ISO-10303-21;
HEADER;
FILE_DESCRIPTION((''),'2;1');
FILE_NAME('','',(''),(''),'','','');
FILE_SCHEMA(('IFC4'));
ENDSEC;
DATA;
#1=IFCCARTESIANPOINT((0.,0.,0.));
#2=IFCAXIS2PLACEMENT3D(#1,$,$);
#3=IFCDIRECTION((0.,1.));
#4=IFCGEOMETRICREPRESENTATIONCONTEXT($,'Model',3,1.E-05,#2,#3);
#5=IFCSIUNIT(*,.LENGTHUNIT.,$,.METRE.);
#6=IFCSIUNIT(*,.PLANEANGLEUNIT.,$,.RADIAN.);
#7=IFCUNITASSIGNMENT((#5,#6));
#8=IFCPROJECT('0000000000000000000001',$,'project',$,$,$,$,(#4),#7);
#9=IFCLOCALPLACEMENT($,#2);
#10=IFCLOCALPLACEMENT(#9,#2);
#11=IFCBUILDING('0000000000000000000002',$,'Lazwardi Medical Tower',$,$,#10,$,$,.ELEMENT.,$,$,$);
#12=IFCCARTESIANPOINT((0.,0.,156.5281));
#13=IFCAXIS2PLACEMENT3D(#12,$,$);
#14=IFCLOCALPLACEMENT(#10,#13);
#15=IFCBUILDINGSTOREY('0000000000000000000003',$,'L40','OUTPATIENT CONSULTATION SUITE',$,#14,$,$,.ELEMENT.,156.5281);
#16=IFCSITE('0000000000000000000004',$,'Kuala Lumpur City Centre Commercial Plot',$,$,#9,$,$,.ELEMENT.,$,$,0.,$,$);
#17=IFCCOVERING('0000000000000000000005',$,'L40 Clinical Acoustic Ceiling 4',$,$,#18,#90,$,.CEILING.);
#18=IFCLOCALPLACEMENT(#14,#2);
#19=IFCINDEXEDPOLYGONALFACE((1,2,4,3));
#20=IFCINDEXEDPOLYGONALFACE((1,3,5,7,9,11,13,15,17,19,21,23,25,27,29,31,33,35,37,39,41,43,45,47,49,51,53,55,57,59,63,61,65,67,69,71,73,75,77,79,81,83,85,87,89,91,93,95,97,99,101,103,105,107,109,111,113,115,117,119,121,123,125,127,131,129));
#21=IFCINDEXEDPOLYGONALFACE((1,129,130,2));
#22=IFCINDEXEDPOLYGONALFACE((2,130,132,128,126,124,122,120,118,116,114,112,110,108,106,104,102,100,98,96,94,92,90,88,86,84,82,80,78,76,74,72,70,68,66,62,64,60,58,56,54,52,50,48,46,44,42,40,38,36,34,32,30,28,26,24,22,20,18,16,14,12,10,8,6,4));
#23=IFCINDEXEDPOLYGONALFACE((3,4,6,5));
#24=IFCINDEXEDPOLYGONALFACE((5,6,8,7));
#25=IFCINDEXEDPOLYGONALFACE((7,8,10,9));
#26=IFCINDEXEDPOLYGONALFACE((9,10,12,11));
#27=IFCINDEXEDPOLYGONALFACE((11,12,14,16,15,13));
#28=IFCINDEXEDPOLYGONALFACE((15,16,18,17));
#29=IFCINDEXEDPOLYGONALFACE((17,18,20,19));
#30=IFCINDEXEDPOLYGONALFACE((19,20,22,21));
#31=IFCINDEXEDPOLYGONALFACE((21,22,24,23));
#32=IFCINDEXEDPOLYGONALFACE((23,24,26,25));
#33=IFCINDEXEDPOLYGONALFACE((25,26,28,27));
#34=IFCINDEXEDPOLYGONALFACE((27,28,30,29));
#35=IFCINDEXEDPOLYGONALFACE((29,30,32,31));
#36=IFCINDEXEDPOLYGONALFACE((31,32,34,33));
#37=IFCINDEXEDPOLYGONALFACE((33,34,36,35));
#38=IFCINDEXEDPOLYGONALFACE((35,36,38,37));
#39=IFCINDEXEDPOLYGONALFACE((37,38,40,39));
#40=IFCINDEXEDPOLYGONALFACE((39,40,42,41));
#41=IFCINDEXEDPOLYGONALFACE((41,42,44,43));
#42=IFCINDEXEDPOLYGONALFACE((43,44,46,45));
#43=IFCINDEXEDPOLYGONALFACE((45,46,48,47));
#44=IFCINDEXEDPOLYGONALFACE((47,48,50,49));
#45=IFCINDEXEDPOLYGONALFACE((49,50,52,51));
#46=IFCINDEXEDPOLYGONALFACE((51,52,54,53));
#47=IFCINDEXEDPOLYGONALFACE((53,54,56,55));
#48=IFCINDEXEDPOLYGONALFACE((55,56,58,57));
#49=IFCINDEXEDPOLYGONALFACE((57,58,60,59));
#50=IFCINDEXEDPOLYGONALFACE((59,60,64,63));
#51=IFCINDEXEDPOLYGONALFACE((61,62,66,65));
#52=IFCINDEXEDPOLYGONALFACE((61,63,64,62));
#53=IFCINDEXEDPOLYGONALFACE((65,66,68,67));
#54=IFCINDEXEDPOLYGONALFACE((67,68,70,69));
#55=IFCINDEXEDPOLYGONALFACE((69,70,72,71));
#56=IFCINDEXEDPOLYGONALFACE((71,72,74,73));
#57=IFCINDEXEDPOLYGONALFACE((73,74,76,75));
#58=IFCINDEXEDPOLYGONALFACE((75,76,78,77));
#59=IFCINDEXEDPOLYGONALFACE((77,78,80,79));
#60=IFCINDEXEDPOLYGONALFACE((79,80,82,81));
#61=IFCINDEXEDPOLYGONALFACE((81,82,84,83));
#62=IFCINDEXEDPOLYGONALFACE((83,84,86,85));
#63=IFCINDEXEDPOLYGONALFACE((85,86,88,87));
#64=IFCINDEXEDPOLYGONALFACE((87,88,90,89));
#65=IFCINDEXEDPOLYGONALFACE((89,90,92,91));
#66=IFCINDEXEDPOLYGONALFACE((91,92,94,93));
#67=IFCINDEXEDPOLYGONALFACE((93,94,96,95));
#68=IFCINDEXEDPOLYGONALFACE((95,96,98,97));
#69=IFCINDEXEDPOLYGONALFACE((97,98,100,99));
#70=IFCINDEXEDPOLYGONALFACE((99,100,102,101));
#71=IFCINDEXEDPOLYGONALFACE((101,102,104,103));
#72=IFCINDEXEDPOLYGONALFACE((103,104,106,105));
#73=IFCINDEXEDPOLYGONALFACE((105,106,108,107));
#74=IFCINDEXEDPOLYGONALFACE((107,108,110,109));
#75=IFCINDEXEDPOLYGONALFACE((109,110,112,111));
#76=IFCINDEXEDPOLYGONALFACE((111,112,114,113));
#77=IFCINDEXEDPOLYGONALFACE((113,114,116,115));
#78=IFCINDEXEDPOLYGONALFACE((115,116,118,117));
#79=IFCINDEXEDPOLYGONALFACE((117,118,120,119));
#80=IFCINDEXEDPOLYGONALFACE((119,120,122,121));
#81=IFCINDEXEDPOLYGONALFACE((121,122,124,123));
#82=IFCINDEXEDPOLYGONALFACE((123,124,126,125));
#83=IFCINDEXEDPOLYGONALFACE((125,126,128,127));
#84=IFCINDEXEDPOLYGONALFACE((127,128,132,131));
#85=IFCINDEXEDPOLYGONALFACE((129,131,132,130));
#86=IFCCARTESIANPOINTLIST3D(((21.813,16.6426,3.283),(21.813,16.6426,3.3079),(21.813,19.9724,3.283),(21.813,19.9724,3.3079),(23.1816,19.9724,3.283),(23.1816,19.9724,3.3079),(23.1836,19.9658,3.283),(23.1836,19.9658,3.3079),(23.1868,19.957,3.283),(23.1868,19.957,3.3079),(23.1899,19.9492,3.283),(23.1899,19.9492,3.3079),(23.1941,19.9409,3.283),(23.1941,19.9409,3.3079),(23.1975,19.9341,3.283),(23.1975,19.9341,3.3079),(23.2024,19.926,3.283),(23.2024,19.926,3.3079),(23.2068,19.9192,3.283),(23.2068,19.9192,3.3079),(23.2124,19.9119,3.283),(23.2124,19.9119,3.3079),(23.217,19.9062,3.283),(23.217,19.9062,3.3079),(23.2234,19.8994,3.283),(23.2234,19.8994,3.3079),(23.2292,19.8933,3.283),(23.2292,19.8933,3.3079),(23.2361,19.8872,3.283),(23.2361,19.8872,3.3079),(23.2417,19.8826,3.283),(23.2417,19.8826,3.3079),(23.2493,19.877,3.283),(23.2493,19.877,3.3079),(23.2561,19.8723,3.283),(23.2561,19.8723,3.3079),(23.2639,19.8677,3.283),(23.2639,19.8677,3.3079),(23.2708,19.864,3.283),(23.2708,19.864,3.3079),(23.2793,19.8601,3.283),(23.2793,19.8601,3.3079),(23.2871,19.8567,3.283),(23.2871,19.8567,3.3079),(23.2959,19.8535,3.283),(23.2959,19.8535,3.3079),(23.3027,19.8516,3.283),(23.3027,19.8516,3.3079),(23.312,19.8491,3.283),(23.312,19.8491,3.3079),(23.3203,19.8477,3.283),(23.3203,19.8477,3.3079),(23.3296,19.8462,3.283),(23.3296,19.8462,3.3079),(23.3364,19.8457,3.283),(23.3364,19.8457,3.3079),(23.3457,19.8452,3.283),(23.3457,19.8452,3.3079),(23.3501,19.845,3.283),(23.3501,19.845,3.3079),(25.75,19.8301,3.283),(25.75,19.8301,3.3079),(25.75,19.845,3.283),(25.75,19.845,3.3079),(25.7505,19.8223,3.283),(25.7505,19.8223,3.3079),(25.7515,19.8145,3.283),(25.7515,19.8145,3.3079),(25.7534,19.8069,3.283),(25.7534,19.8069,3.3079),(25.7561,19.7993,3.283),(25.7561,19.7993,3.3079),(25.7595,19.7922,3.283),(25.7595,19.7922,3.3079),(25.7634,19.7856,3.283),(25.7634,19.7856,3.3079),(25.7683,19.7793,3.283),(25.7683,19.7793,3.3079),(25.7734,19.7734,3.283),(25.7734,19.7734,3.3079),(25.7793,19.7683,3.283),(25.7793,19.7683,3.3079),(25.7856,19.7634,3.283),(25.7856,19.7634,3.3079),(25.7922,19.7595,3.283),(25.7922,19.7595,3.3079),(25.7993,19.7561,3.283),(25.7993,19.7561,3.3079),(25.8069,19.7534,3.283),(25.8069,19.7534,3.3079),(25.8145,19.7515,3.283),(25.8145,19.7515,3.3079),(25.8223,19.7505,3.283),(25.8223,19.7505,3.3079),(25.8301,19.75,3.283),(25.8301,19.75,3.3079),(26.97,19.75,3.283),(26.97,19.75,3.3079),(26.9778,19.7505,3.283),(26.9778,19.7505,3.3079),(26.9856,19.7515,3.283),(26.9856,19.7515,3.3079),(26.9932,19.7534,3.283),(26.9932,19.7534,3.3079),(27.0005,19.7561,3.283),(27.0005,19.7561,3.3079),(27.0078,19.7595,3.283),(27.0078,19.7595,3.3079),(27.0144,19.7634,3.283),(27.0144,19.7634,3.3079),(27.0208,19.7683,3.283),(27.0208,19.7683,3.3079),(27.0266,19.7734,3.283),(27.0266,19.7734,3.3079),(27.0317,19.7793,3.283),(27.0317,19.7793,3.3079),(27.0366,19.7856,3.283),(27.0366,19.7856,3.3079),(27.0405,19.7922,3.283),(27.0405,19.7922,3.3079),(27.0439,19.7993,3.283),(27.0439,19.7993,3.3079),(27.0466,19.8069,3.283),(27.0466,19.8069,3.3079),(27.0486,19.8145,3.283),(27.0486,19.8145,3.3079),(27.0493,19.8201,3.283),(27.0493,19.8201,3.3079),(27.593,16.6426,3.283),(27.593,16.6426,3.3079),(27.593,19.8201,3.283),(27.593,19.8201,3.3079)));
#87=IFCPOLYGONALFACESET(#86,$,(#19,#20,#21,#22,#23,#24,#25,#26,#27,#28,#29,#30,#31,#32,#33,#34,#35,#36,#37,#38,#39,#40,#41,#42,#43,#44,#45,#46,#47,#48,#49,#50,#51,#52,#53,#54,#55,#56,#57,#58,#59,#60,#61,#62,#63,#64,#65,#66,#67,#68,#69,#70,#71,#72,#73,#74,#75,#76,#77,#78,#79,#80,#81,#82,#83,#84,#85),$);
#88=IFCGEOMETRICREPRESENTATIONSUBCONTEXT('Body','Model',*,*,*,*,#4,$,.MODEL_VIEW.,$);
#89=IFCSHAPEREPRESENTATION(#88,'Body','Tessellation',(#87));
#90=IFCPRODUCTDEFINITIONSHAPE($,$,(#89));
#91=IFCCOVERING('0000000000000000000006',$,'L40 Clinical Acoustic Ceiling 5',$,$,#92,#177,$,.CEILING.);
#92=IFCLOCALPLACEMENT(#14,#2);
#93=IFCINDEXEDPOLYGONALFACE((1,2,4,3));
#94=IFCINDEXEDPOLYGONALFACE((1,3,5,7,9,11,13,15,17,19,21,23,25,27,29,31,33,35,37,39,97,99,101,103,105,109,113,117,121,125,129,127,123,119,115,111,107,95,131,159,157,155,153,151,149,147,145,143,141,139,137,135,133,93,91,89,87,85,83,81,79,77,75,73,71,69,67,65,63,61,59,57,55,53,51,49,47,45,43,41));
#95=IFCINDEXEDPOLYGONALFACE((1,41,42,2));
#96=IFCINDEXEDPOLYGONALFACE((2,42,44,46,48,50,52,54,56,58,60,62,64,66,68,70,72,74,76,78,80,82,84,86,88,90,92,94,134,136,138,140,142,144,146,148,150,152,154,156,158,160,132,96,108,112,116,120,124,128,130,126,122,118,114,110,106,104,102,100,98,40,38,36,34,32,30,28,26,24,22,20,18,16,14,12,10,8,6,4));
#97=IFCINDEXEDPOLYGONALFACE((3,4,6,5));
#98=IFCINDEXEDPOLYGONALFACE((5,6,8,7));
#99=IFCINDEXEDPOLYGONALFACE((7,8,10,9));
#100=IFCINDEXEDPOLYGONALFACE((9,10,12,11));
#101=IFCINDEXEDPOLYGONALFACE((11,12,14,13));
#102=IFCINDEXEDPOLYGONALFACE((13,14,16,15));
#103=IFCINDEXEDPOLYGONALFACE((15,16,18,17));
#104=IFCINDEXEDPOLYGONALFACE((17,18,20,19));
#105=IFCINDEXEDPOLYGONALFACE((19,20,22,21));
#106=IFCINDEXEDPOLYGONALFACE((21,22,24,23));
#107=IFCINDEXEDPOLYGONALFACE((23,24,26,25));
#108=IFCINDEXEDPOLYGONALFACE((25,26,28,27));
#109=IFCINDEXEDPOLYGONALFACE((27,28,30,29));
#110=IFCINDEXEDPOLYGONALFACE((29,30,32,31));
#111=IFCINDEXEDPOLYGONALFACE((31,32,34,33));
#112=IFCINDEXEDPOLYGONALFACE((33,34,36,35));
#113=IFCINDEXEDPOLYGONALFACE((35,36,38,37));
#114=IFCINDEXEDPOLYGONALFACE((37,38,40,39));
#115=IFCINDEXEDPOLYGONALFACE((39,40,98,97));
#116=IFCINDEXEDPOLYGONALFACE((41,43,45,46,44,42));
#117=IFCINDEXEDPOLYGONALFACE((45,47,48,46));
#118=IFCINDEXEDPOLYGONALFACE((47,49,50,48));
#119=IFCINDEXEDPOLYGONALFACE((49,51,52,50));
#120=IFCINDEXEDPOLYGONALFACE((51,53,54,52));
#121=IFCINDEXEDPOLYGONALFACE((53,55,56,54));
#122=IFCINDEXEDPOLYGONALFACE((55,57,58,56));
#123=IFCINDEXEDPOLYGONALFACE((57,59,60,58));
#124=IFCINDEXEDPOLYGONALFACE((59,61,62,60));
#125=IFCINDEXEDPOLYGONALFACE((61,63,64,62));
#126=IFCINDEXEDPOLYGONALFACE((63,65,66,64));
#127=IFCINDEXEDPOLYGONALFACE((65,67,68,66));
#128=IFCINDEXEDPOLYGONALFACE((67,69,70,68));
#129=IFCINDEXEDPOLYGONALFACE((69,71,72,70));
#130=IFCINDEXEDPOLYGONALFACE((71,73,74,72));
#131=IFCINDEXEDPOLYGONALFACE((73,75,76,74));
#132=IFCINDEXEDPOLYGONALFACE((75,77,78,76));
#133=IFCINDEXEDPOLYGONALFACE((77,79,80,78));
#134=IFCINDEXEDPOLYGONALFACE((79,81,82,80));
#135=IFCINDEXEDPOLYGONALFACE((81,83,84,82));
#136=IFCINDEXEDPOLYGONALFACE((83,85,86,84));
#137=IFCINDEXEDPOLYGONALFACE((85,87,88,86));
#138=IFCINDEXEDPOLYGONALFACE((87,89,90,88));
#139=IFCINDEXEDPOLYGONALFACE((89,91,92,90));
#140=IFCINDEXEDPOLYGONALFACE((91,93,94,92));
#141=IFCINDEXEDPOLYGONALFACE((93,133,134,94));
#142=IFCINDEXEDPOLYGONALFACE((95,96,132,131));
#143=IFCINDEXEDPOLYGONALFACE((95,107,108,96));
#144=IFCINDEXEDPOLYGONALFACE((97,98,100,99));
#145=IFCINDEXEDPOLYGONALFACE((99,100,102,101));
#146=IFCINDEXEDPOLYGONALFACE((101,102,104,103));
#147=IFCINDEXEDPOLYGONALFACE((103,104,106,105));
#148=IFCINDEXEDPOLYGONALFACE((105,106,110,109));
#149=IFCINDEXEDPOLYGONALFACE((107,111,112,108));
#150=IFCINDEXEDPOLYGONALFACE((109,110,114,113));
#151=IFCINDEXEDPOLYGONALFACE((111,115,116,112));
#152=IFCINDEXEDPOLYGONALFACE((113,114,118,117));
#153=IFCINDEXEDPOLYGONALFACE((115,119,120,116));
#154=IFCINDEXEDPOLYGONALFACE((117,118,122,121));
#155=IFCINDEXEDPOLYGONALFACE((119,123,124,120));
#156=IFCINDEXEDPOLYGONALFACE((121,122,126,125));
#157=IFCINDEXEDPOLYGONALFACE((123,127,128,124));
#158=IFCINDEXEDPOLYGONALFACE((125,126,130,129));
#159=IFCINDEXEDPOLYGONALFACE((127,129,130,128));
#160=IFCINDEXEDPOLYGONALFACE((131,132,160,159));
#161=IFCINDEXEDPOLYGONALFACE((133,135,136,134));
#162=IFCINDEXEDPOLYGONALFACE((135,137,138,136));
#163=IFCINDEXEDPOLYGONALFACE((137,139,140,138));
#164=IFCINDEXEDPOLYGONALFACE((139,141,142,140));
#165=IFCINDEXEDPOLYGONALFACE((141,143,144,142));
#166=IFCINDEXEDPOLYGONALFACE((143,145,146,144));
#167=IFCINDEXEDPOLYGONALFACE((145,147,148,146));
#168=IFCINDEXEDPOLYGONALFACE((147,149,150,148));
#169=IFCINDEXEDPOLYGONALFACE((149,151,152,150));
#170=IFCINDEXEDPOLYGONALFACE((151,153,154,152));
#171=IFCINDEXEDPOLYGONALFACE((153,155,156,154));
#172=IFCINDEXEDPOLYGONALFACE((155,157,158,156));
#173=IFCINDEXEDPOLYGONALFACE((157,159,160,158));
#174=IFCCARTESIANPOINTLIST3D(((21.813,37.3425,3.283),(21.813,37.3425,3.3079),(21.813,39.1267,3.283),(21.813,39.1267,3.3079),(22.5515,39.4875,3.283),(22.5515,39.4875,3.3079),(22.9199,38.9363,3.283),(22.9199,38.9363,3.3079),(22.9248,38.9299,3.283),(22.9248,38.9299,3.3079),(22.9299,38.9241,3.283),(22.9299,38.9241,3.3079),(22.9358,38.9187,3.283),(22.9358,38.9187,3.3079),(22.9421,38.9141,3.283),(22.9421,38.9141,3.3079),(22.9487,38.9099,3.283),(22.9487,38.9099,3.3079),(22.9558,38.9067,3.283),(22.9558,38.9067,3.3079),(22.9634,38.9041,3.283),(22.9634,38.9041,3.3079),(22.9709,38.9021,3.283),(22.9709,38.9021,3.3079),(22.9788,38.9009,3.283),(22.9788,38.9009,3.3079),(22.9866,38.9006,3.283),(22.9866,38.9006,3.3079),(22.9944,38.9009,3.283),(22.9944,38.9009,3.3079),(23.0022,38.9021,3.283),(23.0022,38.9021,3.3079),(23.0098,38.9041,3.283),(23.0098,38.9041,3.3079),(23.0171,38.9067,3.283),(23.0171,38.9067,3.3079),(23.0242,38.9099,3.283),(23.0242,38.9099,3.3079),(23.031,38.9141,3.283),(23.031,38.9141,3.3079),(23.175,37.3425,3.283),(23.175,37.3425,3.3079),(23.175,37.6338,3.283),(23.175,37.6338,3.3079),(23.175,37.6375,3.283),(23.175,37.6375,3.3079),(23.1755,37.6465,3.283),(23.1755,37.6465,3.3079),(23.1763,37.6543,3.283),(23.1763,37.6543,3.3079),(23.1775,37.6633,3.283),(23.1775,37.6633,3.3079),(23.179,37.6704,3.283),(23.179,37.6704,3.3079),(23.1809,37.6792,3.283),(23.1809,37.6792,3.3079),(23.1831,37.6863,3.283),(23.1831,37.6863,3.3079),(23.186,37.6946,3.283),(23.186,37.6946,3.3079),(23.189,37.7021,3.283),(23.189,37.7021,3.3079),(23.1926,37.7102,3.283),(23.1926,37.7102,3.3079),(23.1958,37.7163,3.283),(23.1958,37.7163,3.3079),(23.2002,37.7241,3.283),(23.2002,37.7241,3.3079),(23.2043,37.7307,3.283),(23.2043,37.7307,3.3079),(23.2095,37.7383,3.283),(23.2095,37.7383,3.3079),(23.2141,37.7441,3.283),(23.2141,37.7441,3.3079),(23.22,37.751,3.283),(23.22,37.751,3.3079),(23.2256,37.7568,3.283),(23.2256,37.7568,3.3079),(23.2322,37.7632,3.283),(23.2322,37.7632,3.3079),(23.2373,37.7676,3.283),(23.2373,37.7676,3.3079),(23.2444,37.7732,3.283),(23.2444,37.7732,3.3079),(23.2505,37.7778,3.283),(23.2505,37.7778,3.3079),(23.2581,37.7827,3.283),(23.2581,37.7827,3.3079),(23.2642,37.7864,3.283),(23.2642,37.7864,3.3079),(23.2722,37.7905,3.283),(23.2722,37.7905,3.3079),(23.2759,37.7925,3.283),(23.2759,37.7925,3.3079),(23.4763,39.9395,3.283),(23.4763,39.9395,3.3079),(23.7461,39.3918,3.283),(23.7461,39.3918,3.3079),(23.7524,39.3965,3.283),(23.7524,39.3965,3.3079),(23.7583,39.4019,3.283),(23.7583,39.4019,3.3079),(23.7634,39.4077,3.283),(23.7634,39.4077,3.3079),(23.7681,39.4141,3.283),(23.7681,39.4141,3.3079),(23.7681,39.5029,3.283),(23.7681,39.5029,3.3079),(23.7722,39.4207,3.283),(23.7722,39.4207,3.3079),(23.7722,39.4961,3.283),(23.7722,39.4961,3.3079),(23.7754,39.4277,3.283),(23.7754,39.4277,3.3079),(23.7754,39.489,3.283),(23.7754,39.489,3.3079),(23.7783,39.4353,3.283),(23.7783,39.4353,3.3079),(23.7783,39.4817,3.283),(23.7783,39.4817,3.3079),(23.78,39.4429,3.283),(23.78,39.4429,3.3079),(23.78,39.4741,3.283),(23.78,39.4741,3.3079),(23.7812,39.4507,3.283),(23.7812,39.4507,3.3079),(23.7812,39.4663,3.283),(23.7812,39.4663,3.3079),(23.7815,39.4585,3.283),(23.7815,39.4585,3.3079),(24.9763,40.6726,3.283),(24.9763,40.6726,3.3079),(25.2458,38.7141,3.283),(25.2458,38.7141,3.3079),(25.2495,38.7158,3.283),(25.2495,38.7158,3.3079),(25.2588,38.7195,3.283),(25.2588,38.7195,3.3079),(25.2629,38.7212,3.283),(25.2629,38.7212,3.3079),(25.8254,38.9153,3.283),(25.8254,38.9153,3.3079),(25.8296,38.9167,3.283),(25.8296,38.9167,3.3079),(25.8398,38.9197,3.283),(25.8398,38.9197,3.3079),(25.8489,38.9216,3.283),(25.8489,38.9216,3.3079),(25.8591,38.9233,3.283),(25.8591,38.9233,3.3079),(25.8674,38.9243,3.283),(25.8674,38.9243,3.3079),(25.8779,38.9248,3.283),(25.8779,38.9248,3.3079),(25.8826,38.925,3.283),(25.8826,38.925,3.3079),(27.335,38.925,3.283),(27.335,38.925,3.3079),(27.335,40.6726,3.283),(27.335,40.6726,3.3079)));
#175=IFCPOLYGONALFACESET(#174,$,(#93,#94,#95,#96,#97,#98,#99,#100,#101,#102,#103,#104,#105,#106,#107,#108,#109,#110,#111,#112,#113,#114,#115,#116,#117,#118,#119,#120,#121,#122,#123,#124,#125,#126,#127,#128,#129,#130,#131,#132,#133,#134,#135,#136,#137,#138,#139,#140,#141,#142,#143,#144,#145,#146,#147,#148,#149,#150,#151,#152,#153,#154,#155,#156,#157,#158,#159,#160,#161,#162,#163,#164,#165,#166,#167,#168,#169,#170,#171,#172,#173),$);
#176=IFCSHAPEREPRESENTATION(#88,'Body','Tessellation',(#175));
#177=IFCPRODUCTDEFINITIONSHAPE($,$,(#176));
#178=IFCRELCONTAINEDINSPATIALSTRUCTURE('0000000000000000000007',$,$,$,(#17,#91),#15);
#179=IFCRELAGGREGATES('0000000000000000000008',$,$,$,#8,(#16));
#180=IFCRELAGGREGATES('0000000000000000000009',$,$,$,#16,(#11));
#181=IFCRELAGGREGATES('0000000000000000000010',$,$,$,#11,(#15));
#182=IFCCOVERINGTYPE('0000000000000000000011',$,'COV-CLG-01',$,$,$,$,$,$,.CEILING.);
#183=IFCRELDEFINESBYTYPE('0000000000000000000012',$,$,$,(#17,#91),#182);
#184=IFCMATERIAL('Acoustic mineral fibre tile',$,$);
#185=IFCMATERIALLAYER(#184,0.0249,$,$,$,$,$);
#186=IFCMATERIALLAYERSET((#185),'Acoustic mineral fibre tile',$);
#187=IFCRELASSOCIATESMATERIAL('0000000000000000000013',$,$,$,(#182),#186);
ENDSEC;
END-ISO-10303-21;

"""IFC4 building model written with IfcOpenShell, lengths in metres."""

from ifc_helpers import new_model, si_unit, direction, frame, origin, place, context, subcontext, project, spatial, polyline, outline, extrude, material, layer, layer_set, type_object, element, save


model = new_model("IFC4")

# Units and contexts
model_context = context("Model", 3, precision=1e-05, world=origin(), true_north=direction((0.0, 1.0)))
body_context = subcontext(model_context, "Body", "Model", "MODEL_VIEW")
ifc_project = project(units=[si_unit("LENGTHUNIT", "METRE"), si_unit("PLANEANGLEUNIT", "RADIAN")], contexts=[model_context])

# Site, building, storey
site_placement = place(None, origin())
site = spatial("IfcSite", under=ifc_project, at=site_placement, Name="Kuala Lumpur City Centre Commercial Plot", CompositionType="ELEMENT", RefElevation=0.0)
building_placement = place(site_placement, origin())
building = spatial("IfcBuilding", under=site, at=building_placement, Name="Lazwardi Medical Tower", CompositionType="ELEMENT")
storey_placement = place(building_placement, frame((0.0, 0.0, 156.5281)))
storey = spatial("IfcBuildingStorey", under=building, at=storey_placement, Name="L40", Description="OUTPATIENT CONSULTATION SUITE", CompositionType="ELEMENT", Elevation=156.5281)

# Coverings
ifc_material_1 = material(Name="Acoustic mineral fibre tile")
ifc_layer_1 = layer(ifc_material_1, 0.0249)
ifc_layer_set_1 = layer_set([ifc_layer_1], Name="Acoustic mineral fibre tile")
covering_type_1 = type_object("IfcCoveringType", Name="COV-CLG-01", PredefinedType="CEILING", material=ifc_layer_set_1)
covering_1_placement = place(storey_placement, frame((0.0, 0.0, 3.283)))
element("IfcCovering", 1, at=covering_1_placement, inside=storey, type_object=covering_type_1, Name="L40 Clinical Acoustic Ceiling 4", PredefinedType="CEILING", context=body_context, shape_type="SweptSolid", body=[
    extrude(outline(polyline([(27.593, 19.8201), (27.0493, 19.8201), (27.0486, 19.8145), (27.0466, 19.8069), (27.0439, 19.7993), (27.0405, 19.7922), (27.0366, 19.7856), (27.0317, 19.7793), (27.0266, 19.7734), (27.0208, 19.7683), (27.0144, 19.7634), (27.0078, 19.7595), (27.0005, 19.7561), (26.9932, 19.7534), (26.9856, 19.7515), (26.9778, 19.7505), (26.97, 19.75), (25.8301, 19.75), (25.8223, 19.7505), (25.8145, 19.7515), (25.8069, 19.7534), (25.7993, 19.7561), (25.7922, 19.7595), (25.7856, 19.7634), (25.7793, 19.7683), (25.7734, 19.7734), (25.7683, 19.7793), (25.7634, 19.7856), (25.7595, 19.7922), (25.7561, 19.7993), (25.7534, 19.8069), (25.7515, 19.8145), (25.7505, 19.8223), (25.75, 19.8301), (25.75, 19.845), (23.3501, 19.845), (23.3457, 19.8452), (23.3364, 19.8457), (23.3296, 19.8462), (23.3203, 19.8477), (23.312, 19.8491), (23.3027, 19.8516), (23.2959, 19.8535), (23.2871, 19.8567), (23.2793, 19.8601), (23.2708, 19.864), (23.2639, 19.8677), (23.2561, 19.8723), (23.2493, 19.877), (23.2417, 19.8826), (23.2361, 19.8872), (23.2292, 19.8933), (23.2234, 19.8994), (23.217, 19.9062), (23.2124, 19.9119), (23.2068, 19.9192), (23.2024, 19.926), (23.1975, 19.9341), (23.1941, 19.9409), (23.1899, 19.9492), (23.1868, 19.957), (23.1836, 19.9658), (23.1816, 19.9724), (21.813, 19.9724), (21.813, 16.6426), (27.593, 16.6426), (27.593, 19.8201)])), origin(), (0.0, 0.0, 1.0), 0.0249),
])
covering_2_placement = place(storey_placement, frame((0.0, 0.0, 3.283)))
element("IfcCovering", 2, at=covering_2_placement, inside=storey, type_object=covering_type_1, Name="L40 Clinical Acoustic Ceiling 5", PredefinedType="CEILING", context=body_context, shape_type="SweptSolid", body=[
    extrude(outline(polyline([(24.9763, 40.6726), (23.4763, 39.9395), (23.7681, 39.5029), (23.7722, 39.4961), (23.7754, 39.489), (23.7783, 39.4817), (23.78, 39.4741), (23.7812, 39.4663), (23.7815, 39.4585), (23.7812, 39.4507), (23.78, 39.4429), (23.7783, 39.4353), (23.7754, 39.4277), (23.7722, 39.4207), (23.7681, 39.4141), (23.7634, 39.4077), (23.7583, 39.4019), (23.7524, 39.3965), (23.7461, 39.3918), (23.031, 38.9141), (23.0242, 38.9099), (23.0171, 38.9067), (23.0098, 38.9041), (23.0022, 38.9021), (22.9944, 38.9009), (22.9866, 38.9006), (22.9788, 38.9009), (22.9709, 38.9021), (22.9634, 38.9041), (22.9558, 38.9067), (22.9487, 38.9099), (22.9421, 38.9141), (22.9358, 38.9187), (22.9299, 38.9241), (22.9248, 38.9299), (22.9199, 38.9363), (22.5515, 39.4875), (21.813, 39.1267), (21.813, 37.3425), (23.175, 37.3425), (23.175, 37.6338), (23.175, 37.6375), (23.1755, 37.6465), (23.1763, 37.6543), (23.1775, 37.6633), (23.179, 37.6704), (23.1809, 37.6792), (23.1831, 37.6863), (23.186, 37.6946), (23.189, 37.7021), (23.1926, 37.7102), (23.1958, 37.7163), (23.2002, 37.7241), (23.2043, 37.7307), (23.2095, 37.7383), (23.2141, 37.7441), (23.22, 37.751), (23.2256, 37.7568), (23.2322, 37.7632), (23.2373, 37.7676), (23.2444, 37.7732), (23.2505, 37.7778), (23.2581, 37.7827), (23.2642, 37.7864), (23.2722, 37.7905), (23.2759, 37.7925), (25.2458, 38.7141), (25.2495, 38.7158), (25.2588, 38.7195), (25.2629, 38.7212), (25.8254, 38.9153), (25.8296, 38.9167), (25.8398, 38.9197), (25.8489, 38.9216), (25.8591, 38.9233), (25.8674, 38.9243), (25.8779, 38.9248), (25.8826, 38.925), (27.335, 38.925), (27.335, 40.6726), (24.9763, 40.6726)])), origin(), (0.0, 0.0, 1.0), 0.0249),
])

save(model, "model.ifc")
